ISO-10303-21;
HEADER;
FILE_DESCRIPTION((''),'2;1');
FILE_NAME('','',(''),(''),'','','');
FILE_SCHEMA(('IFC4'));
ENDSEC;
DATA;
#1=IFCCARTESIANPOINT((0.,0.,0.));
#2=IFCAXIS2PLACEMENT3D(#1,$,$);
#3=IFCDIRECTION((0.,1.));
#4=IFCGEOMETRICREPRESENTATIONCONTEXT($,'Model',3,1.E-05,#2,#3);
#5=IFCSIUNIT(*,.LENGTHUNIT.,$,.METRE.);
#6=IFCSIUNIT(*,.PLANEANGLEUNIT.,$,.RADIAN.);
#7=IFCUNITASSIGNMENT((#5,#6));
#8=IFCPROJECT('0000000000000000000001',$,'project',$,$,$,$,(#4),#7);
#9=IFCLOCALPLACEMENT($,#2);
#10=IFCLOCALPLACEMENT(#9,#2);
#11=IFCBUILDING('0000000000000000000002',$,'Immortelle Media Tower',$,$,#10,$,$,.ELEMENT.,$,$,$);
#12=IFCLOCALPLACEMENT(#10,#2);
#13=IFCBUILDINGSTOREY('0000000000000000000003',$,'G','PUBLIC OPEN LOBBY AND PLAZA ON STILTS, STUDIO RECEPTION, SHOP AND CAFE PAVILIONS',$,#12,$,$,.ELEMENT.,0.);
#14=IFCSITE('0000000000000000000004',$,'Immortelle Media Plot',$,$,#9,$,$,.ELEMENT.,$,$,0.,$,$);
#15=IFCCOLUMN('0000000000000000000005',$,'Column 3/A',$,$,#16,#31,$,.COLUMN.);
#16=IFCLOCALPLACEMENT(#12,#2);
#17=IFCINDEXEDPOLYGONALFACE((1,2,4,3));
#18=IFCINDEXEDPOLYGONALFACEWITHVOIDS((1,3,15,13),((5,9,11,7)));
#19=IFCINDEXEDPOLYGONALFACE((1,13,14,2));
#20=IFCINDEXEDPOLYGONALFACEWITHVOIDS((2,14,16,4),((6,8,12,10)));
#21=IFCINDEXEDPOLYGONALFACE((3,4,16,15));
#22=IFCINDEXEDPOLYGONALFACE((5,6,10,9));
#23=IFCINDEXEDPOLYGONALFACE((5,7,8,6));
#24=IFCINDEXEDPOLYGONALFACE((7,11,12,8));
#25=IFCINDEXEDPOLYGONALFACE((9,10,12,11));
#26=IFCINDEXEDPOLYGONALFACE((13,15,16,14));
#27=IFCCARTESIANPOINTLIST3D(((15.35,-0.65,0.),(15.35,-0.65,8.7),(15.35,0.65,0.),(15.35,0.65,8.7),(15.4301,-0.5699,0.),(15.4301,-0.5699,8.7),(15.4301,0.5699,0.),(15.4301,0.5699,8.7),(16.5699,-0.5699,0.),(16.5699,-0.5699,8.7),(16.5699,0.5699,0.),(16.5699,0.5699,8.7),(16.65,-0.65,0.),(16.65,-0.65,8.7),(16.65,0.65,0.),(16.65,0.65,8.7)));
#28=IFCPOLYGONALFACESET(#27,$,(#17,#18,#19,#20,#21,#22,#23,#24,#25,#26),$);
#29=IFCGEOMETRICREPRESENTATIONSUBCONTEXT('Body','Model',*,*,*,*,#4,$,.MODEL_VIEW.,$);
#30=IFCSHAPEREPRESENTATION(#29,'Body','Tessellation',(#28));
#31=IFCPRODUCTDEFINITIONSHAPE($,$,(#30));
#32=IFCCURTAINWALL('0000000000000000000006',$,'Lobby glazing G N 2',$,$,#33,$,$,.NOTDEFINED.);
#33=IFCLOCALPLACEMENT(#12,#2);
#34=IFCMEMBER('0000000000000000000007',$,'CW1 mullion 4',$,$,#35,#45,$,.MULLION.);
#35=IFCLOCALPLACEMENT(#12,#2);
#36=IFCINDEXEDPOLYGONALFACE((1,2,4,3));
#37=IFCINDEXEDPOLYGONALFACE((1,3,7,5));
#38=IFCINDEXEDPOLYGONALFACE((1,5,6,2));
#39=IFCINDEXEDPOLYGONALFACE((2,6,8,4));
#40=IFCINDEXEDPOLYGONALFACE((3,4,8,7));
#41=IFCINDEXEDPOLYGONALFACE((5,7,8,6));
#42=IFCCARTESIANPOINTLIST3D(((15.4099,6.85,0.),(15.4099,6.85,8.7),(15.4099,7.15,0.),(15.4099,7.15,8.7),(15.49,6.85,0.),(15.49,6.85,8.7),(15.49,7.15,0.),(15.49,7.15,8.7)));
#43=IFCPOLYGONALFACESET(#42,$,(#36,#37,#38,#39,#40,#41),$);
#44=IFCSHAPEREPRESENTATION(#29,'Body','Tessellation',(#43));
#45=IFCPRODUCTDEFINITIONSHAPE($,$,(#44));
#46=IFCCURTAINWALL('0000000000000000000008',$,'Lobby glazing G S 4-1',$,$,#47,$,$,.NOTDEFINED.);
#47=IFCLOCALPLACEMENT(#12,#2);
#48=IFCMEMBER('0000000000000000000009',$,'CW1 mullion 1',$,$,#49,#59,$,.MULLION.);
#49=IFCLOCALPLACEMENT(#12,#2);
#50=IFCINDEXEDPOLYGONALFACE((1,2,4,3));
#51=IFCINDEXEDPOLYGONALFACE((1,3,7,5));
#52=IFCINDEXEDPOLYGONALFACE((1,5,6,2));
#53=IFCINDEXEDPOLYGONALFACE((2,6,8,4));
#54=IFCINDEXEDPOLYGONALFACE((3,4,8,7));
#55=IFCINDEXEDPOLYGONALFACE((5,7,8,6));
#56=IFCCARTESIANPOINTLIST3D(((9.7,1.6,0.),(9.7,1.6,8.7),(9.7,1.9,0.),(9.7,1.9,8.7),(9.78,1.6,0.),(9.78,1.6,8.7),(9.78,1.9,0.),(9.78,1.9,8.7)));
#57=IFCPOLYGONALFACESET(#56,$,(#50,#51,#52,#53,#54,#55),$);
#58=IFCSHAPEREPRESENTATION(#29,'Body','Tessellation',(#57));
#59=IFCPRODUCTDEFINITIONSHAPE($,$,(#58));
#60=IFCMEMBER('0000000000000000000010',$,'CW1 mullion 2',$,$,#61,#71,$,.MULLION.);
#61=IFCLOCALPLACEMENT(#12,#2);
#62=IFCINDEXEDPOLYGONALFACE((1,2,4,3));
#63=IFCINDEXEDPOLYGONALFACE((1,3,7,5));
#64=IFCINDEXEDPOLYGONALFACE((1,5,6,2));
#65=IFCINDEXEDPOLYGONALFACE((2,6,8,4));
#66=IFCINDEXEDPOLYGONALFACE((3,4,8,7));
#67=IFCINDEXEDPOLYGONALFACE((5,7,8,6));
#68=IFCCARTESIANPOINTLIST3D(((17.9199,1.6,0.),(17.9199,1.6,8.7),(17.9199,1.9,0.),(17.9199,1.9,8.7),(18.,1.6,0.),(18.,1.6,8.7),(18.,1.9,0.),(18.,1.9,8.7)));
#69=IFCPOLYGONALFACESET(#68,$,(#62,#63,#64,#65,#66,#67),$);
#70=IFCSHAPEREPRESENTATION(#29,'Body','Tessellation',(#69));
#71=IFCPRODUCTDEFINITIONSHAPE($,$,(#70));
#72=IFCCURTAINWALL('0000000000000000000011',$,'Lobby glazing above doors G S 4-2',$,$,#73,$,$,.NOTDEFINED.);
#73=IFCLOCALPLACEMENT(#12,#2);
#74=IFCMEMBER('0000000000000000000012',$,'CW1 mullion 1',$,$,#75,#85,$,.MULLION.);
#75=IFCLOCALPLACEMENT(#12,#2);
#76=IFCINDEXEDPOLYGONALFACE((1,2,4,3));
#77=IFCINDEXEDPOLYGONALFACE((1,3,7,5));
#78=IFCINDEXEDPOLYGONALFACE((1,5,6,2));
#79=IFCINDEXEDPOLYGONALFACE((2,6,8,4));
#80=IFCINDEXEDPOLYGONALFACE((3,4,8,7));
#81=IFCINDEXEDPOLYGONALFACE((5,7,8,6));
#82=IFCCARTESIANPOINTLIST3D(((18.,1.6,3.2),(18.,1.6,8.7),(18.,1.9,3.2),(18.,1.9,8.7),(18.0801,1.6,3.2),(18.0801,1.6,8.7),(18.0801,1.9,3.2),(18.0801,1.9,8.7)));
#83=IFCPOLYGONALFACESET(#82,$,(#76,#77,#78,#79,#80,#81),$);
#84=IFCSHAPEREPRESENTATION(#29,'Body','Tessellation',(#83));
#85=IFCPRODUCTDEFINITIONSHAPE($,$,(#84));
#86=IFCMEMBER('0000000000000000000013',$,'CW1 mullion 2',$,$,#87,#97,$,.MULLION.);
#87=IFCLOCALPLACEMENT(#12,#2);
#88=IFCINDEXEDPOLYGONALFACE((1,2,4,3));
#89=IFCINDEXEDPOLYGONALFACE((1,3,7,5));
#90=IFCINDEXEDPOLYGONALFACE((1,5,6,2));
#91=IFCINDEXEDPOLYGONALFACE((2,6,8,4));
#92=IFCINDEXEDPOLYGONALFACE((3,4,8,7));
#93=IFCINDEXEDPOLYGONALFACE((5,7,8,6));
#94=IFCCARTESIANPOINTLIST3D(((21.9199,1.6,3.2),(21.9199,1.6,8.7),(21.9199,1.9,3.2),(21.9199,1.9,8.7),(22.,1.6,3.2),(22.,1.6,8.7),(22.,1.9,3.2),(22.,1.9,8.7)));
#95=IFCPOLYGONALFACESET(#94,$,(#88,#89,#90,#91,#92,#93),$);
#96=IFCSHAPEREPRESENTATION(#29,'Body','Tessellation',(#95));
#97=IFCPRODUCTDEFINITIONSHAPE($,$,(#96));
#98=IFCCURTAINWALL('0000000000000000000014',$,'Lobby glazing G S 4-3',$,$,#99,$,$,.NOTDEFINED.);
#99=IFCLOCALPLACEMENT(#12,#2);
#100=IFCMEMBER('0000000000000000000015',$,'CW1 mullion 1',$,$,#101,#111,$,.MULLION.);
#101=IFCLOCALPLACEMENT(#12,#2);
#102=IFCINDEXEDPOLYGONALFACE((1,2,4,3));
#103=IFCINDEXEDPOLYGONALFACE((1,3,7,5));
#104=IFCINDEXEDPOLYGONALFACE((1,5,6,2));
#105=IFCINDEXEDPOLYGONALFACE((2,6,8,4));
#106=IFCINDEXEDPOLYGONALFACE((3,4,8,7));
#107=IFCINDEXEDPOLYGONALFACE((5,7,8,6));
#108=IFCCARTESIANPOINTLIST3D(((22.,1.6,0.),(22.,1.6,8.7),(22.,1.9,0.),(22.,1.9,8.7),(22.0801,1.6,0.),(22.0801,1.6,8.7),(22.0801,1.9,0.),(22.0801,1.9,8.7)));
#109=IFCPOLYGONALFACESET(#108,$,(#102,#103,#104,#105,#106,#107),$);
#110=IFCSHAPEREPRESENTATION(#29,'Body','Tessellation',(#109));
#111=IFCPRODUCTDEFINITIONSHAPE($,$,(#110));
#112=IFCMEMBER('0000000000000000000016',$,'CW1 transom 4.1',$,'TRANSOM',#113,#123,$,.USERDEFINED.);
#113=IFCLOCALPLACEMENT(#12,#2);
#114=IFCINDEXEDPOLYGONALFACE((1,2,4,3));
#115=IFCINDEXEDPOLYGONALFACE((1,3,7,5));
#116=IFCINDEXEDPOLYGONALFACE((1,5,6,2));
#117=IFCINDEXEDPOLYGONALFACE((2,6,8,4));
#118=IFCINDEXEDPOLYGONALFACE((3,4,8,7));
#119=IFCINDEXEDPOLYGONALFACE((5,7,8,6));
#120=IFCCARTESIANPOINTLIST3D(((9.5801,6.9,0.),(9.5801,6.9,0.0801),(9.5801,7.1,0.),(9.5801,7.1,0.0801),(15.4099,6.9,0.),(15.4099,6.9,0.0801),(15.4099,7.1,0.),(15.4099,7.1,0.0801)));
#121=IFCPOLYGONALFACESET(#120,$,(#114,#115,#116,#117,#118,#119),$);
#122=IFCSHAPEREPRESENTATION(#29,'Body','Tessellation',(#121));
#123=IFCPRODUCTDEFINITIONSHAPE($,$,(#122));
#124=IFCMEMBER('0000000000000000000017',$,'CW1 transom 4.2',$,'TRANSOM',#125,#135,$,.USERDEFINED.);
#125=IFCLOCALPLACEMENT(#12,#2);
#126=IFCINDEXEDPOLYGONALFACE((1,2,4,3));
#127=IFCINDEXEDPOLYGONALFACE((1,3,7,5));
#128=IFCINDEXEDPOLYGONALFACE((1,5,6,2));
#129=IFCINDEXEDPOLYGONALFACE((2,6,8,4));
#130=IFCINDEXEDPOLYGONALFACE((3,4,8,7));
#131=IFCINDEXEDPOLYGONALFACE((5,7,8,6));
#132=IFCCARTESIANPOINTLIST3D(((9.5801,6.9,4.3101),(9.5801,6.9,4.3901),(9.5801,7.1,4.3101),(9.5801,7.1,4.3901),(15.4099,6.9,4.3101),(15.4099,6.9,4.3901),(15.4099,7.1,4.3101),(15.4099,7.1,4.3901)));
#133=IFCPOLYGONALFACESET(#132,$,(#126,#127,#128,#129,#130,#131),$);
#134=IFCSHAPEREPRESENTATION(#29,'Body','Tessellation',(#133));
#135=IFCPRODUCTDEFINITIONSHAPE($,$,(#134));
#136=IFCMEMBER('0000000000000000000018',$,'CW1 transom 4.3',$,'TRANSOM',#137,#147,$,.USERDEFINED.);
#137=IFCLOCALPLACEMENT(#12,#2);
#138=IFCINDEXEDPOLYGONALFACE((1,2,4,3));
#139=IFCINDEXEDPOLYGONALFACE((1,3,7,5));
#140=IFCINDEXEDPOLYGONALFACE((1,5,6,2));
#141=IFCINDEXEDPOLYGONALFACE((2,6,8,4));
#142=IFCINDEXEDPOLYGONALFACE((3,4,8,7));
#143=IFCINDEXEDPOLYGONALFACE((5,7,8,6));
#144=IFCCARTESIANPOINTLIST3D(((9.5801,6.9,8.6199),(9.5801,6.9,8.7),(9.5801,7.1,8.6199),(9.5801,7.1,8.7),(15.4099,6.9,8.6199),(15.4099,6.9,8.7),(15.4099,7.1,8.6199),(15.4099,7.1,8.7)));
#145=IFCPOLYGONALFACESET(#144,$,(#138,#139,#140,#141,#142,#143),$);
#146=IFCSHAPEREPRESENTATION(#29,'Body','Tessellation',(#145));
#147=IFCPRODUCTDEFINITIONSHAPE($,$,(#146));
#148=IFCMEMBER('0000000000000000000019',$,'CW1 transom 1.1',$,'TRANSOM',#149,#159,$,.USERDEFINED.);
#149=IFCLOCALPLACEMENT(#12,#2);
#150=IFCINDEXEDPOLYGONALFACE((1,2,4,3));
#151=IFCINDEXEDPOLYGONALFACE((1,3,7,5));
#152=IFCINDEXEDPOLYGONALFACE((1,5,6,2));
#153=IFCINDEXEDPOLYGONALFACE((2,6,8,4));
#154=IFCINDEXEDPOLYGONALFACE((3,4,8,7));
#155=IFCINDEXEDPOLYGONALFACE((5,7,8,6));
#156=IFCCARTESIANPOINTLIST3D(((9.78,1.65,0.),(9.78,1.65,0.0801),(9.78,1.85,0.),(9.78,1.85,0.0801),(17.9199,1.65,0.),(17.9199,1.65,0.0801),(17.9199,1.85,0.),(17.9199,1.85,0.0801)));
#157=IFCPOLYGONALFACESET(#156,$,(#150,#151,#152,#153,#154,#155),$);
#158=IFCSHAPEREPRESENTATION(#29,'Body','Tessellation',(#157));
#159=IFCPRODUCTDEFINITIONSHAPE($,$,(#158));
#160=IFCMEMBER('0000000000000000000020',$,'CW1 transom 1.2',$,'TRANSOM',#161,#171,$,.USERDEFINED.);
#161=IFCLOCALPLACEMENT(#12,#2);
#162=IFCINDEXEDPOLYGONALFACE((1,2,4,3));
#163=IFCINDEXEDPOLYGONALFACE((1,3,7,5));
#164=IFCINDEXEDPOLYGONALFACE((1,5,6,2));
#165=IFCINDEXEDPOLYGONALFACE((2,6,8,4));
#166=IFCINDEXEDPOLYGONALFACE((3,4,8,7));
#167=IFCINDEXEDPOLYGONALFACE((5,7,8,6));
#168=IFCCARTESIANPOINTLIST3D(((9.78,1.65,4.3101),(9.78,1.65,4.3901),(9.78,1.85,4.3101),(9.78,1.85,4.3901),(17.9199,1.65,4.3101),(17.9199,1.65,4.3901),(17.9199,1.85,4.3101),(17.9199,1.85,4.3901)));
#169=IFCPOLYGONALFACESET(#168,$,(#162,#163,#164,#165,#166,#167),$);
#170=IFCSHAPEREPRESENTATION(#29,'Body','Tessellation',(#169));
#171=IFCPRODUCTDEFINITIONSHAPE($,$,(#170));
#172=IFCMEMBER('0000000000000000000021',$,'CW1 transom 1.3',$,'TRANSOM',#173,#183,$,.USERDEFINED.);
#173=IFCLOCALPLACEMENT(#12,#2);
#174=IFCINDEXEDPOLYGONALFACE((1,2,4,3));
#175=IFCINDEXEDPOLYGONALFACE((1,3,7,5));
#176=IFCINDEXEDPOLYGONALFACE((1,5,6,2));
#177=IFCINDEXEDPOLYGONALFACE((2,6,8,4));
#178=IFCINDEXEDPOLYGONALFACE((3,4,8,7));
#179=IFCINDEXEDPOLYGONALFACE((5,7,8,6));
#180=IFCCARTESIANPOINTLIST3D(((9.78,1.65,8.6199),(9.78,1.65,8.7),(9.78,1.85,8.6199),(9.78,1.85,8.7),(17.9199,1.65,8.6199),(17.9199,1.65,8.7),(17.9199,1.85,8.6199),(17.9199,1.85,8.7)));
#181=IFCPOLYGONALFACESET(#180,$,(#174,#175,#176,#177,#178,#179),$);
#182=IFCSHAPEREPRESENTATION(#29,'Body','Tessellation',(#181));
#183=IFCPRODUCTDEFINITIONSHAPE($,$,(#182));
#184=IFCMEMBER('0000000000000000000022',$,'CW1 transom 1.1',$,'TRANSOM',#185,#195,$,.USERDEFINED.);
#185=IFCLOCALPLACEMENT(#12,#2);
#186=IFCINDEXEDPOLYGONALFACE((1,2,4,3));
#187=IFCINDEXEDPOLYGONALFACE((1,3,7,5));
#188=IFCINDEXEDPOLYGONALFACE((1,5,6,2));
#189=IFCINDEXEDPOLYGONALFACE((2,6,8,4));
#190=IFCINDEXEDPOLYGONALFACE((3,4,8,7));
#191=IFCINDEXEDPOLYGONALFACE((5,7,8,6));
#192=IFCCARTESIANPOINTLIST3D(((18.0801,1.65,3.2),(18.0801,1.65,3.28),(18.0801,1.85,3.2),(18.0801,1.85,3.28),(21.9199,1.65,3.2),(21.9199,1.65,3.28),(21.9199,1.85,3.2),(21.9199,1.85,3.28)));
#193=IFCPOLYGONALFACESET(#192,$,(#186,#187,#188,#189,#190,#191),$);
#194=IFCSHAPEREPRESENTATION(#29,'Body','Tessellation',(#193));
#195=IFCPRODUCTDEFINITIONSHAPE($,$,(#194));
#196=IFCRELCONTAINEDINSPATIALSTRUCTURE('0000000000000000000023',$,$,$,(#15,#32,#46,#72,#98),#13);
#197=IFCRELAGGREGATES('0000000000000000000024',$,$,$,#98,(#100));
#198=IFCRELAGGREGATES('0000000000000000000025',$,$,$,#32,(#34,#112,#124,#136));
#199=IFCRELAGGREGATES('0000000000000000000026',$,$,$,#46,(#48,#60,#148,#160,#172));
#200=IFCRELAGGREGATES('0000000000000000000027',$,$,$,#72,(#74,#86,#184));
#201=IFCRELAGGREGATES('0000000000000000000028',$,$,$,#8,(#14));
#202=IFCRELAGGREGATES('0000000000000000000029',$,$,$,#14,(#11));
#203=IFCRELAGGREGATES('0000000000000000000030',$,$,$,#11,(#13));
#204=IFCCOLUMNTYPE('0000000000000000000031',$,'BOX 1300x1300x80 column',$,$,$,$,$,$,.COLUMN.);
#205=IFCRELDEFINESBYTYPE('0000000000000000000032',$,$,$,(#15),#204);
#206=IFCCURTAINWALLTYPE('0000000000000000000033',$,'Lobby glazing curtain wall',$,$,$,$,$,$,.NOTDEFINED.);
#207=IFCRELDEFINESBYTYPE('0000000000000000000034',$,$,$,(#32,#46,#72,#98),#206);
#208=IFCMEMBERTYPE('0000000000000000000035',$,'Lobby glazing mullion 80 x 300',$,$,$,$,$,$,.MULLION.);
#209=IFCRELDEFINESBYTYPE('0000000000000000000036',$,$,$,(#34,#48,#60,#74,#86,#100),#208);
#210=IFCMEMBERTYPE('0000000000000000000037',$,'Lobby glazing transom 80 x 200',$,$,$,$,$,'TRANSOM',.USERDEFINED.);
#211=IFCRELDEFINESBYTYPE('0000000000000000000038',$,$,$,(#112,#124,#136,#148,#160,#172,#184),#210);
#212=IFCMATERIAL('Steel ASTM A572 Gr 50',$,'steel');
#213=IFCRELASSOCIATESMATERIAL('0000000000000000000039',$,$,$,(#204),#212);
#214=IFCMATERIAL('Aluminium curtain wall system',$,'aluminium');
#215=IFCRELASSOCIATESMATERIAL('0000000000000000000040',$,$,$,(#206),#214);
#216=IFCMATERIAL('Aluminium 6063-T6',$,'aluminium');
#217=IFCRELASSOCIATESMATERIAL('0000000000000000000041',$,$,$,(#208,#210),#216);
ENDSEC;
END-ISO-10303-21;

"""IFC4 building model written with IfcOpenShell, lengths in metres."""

from ifc_helpers import new_model, si_unit, direction, frame, origin, origin_2d, place, context, subcontext, project, spatial, rectangle, hollow_rectangle, extrude, material, material_profile, profile_set, type_object, element, aggregate, save


model = new_model("IFC4")

# Units and contexts
model_context = context("Model", 3, precision=1e-05, world=origin(), true_north=direction((0.0, 1.0)))
body_context = subcontext(model_context, "Body", "Model", "MODEL_VIEW")
ifc_project = project(units=[si_unit("LENGTHUNIT", "METRE"), si_unit("PLANEANGLEUNIT", "RADIAN")], contexts=[model_context])

# Site, building, storey
site_placement = place(None, origin())
site = spatial("IfcSite", under=ifc_project, at=site_placement, Name="Immortelle Media Plot", CompositionType="ELEMENT", RefElevation=0.0)
building_placement = place(site_placement, origin())
building = spatial("IfcBuilding", under=site, at=building_placement, Name="Immortelle Media Tower", CompositionType="ELEMENT")
storey_placement = place(building_placement, origin())
storey = spatial("IfcBuildingStorey", under=building, at=storey_placement, Name="G", Description="PUBLIC OPEN LOBBY AND PLAZA ON STILTS, STUDIO RECEPTION, SHOP AND CAFE PAVILIONS", CompositionType="ELEMENT", Elevation=0.0)

# Column
ifc_material_1 = material(Name="Steel ASTM A572 Gr 50", Category="steel")
ifc_material_profile_1 = material_profile(ifc_material_1, hollow_rectangle(XDim=1.3, YDim=1.3, WallThickness=0.0801, at=origin_2d()), Name="BOX 1300x1300x80 column")
ifc_profile_set_1 = profile_set([ifc_material_profile_1], Name="Steel ASTM A572 Gr 50")
column_type = type_object("IfcColumnType", Name="BOX 1300x1300x80 column", PredefinedType="COLUMN", material=ifc_profile_set_1)
column_placement = place(storey_placement, frame((16.0, 0.0, 0.0), z_axis=(0.0, 0.0, 1.0), x_axis=(1.0, 0.0, 0.0)))
element("IfcColumn", 1, at=column_placement, inside=storey, type_object=column_type, Name="Column 3/A", PredefinedType="COLUMN", context=body_context, shape_type="SweptSolid", body=[
    extrude(hollow_rectangle(XDim=1.3, YDim=1.3, WallThickness=0.0801, at=origin_2d()), origin(), (0.0, 0.0, 1.0), 8.7),
])

# Curtain wall, member
ifc_material_2 = material(Name="Aluminium curtain wall system", Category="aluminium")
curtain_wall_type = type_object("IfcCurtainWallType", Name="Lobby glazing curtain wall", PredefinedType="NOTDEFINED", material=ifc_material_2)
curtain_wall_1_placement = place(storey_placement, origin())
curtain_wall_1 = element("IfcCurtainWall", 2, at=curtain_wall_1_placement, inside=storey, type_object=curtain_wall_type, Name="Lobby glazing G N 2", PredefinedType="NOTDEFINED")
ifc_material_3 = material(Name="Aluminium 6063-T6", Category="aluminium")
ifc_material_profile_2 = material_profile(ifc_material_3, rectangle(XDim=0.3, YDim=0.0801, at=origin_2d()), Name="AL 80x300")
ifc_profile_set_2 = profile_set([ifc_material_profile_2], Name="Aluminium 6063-T6")
member_type_1 = type_object("IfcMemberType", Name="Lobby glazing mullion 80 x 300", PredefinedType="MULLION", material=ifc_profile_set_2)
member_1_placement = place(storey_placement, frame((15.45, 7.0, 0.0), z_axis=(0.0, 0.0, 1.0), x_axis=(0.0, -1.0, 0.0)))
member_1 = element("IfcMember", 3, at=member_1_placement, type_object=member_type_1, Name="CW1 mullion 4", PredefinedType="MULLION", context=body_context, shape_type="SweptSolid", body=[
    extrude(rectangle(XDim=0.3, YDim=0.0801, at=origin_2d()), origin(), (0.0, 0.0, 1.0), 8.7),
])

# Curtain walls, members
curtain_wall_2_placement = place(storey_placement, origin())
curtain_wall_2 = element("IfcCurtainWall", 4, at=curtain_wall_2_placement, inside=storey, type_object=curtain_wall_type, Name="Lobby glazing G S 4-1", PredefinedType="NOTDEFINED")
member_2_placement = place(storey_placement, frame((9.74, 1.75, 0.0), z_axis=(0.0, 0.0, 1.0), x_axis=(0.0, 1.0, 0.0)))
member_2 = element("IfcMember", 5, at=member_2_placement, type_object=member_type_1, Name="CW1 mullion 1", PredefinedType="MULLION", context=body_context, shape_type="SweptSolid", body=[
    extrude(rectangle(XDim=0.3, YDim=0.0801, at=origin_2d()), origin(), (0.0, 0.0, 1.0), 8.7),
])
member_3_placement = place(storey_placement, frame((17.96, 1.75, 0.0), z_axis=(0.0, 0.0, 1.0), x_axis=(0.0, 1.0, 0.0)))
member_3 = element("IfcMember", 6, at=member_3_placement, type_object=member_type_1, Name="CW1 mullion 2", PredefinedType="MULLION", context=body_context, shape_type="SweptSolid", body=[
    extrude(rectangle(XDim=0.3, YDim=0.0801, at=origin_2d()), origin(), (0.0, 0.0, 1.0), 8.7),
])
curtain_wall_3_placement = place(storey_placement, origin())
curtain_wall_3 = element("IfcCurtainWall", 7, at=curtain_wall_3_placement, inside=storey, type_object=curtain_wall_type, Name="Lobby glazing above doors G S 4-2", PredefinedType="NOTDEFINED")
member_4_placement = place(storey_placement, frame((18.04, 1.75, 3.2), z_axis=(0.0, 0.0, 1.0), x_axis=(0.0, 1.0, 0.0)))
member_4 = element("IfcMember", 8, at=member_4_placement, type_object=member_type_1, Name="CW1 mullion 1", PredefinedType="MULLION", context=body_context, shape_type="SweptSolid", body=[
    extrude(rectangle(XDim=0.3, YDim=0.0801, at=origin_2d()), origin(), (0.0, 0.0, 1.0), 5.5),
])
member_5_placement = place(storey_placement, frame((21.96, 1.75, 3.2), z_axis=(0.0, 0.0, 1.0), x_axis=(0.0, 1.0, 0.0)))
member_5 = element("IfcMember", 9, at=member_5_placement, type_object=member_type_1, Name="CW1 mullion 2", PredefinedType="MULLION", context=body_context, shape_type="SweptSolid", body=[
    extrude(rectangle(XDim=0.3, YDim=0.0801, at=origin_2d()), origin(), (0.0, 0.0, 1.0), 5.5),
])

# Curtain wall, member
curtain_wall_4_placement = place(storey_placement, origin())
curtain_wall_4 = element("IfcCurtainWall", 10, at=curtain_wall_4_placement, inside=storey, type_object=curtain_wall_type, Name="Lobby glazing G S 4-3", PredefinedType="NOTDEFINED")
member_6_placement = place(storey_placement, frame((22.04, 1.75, 0.0), z_axis=(0.0, 0.0, 1.0), x_axis=(0.0, 1.0, 0.0)))
member_6 = element("IfcMember", 11, at=member_6_placement, type_object=member_type_1, Name="CW1 mullion 1", PredefinedType="MULLION", context=body_context, shape_type="SweptSolid", body=[
    extrude(rectangle(XDim=0.3, YDim=0.0801, at=origin_2d()), origin(), (0.0, 0.0, 1.0), 8.7),
])
aggregate(curtain_wall_4, [member_6])

# Members
ifc_material_profile_3 = material_profile(ifc_material_3, rectangle(XDim=0.2, YDim=0.0801, at=origin_2d()), Name="AL 80x200")
ifc_profile_set_3 = profile_set([ifc_material_profile_3], Name="Aluminium 6063-T6")
member_type_2 = type_object("IfcMemberType", Name="Lobby glazing transom 80 x 200", ElementType="TRANSOM", PredefinedType="USERDEFINED", material=ifc_profile_set_3)
member_7_placement = place(storey_placement, frame((15.4099, 7.0, 0.04), z_axis=(-1.0, 0.0, 0.0), x_axis=(0.0, -1.0, 0.0)))
member_7 = element("IfcMember", 12, at=member_7_placement, type_object=member_type_2, Name="CW1 transom 4.1", ObjectType="TRANSOM", PredefinedType="USERDEFINED", context=body_context, shape_type="SweptSolid", body=[
    extrude(rectangle(XDim=0.2, YDim=0.0801, at=origin_2d()), origin(), (0.0, 0.0, 1.0), 5.8298),
])
member_8_placement = place(storey_placement, frame((15.4099, 7.0, 4.3501), z_axis=(-1.0, 0.0, 0.0), x_axis=(0.0, -1.0, 0.0)))
member_8 = element("IfcMember", 13, at=member_8_placement, type_object=member_type_2, Name="CW1 transom 4.2", ObjectType="TRANSOM", PredefinedType="USERDEFINED", context=body_context, shape_type="SweptSolid", body=[
    extrude(rectangle(XDim=0.2, YDim=0.0801, at=origin_2d()), origin(), (0.0, 0.0, 1.0), 5.8298),
])
member_9_placement = place(storey_placement, frame((15.4099, 7.0, 8.6599), z_axis=(-1.0, 0.0, 0.0), x_axis=(0.0, -1.0, 0.0)))
member_9 = element("IfcMember", 14, at=member_9_placement, type_object=member_type_2, Name="CW1 transom 4.3", ObjectType="TRANSOM", PredefinedType="USERDEFINED", context=body_context, shape_type="SweptSolid", body=[
    extrude(rectangle(XDim=0.2, YDim=0.0801, at=origin_2d()), origin(), (0.0, 0.0, 1.0), 5.8298),
])
member_10_placement = place(storey_placement, frame((9.78, 1.75, 0.04), z_axis=(1.0, 0.0, 0.0), x_axis=(0.0, 1.0, 0.0)))
member_10 = element("IfcMember", 15, at=member_10_placement, type_object=member_type_2, Name="CW1 transom 1.1", ObjectType="TRANSOM", PredefinedType="USERDEFINED", context=body_context, shape_type="SweptSolid", body=[
    extrude(rectangle(XDim=0.2, YDim=0.0801, at=origin_2d()), origin(), (0.0, 0.0, 1.0), 8.1399),
])
member_11_placement = place(storey_placement, frame((9.78, 1.75, 4.3501), z_axis=(1.0, 0.0, 0.0), x_axis=(0.0, 1.0, 0.0)))
member_11 = element("IfcMember", 16, at=member_11_placement, type_object=member_type_2, Name="CW1 transom 1.2", ObjectType="TRANSOM", PredefinedType="USERDEFINED", context=body_context, shape_type="SweptSolid", body=[
    extrude(rectangle(XDim=0.2, YDim=0.0801, at=origin_2d()), origin(), (0.0, 0.0, 1.0), 8.1399),
])
member_12_placement = place(storey_placement, frame((9.78, 1.75, 8.6599), z_axis=(1.0, 0.0, 0.0), x_axis=(0.0, 1.0, 0.0)))
member_12 = element("IfcMember", 17, at=member_12_placement, type_object=member_type_2, Name="CW1 transom 1.3", ObjectType="TRANSOM", PredefinedType="USERDEFINED", context=body_context, shape_type="SweptSolid", body=[
    extrude(rectangle(XDim=0.2, YDim=0.0801, at=origin_2d()), origin(), (0.0, 0.0, 1.0), 8.1399),
])
member_13_placement = place(storey_placement, frame((18.0801, 1.75, 3.24), z_axis=(1.0, 0.0, 0.0), x_axis=(0.0, 1.0, 0.0)))
member_13 = element("IfcMember", 18, at=member_13_placement, type_object=member_type_2, Name="CW1 transom 1.1", ObjectType="TRANSOM", PredefinedType="USERDEFINED", context=body_context, shape_type="SweptSolid", body=[
    extrude(rectangle(XDim=0.2, YDim=0.0801, at=origin_2d()), origin(), (0.0, 0.0, 1.0), 3.8398),
])

aggregate(curtain_wall_1, [member_1, member_7, member_8, member_9])
aggregate(curtain_wall_2, [member_2, member_3, member_10, member_11, member_12])
aggregate(curtain_wall_3, [member_4, member_5, member_13])

save(model, "model.ifc")
